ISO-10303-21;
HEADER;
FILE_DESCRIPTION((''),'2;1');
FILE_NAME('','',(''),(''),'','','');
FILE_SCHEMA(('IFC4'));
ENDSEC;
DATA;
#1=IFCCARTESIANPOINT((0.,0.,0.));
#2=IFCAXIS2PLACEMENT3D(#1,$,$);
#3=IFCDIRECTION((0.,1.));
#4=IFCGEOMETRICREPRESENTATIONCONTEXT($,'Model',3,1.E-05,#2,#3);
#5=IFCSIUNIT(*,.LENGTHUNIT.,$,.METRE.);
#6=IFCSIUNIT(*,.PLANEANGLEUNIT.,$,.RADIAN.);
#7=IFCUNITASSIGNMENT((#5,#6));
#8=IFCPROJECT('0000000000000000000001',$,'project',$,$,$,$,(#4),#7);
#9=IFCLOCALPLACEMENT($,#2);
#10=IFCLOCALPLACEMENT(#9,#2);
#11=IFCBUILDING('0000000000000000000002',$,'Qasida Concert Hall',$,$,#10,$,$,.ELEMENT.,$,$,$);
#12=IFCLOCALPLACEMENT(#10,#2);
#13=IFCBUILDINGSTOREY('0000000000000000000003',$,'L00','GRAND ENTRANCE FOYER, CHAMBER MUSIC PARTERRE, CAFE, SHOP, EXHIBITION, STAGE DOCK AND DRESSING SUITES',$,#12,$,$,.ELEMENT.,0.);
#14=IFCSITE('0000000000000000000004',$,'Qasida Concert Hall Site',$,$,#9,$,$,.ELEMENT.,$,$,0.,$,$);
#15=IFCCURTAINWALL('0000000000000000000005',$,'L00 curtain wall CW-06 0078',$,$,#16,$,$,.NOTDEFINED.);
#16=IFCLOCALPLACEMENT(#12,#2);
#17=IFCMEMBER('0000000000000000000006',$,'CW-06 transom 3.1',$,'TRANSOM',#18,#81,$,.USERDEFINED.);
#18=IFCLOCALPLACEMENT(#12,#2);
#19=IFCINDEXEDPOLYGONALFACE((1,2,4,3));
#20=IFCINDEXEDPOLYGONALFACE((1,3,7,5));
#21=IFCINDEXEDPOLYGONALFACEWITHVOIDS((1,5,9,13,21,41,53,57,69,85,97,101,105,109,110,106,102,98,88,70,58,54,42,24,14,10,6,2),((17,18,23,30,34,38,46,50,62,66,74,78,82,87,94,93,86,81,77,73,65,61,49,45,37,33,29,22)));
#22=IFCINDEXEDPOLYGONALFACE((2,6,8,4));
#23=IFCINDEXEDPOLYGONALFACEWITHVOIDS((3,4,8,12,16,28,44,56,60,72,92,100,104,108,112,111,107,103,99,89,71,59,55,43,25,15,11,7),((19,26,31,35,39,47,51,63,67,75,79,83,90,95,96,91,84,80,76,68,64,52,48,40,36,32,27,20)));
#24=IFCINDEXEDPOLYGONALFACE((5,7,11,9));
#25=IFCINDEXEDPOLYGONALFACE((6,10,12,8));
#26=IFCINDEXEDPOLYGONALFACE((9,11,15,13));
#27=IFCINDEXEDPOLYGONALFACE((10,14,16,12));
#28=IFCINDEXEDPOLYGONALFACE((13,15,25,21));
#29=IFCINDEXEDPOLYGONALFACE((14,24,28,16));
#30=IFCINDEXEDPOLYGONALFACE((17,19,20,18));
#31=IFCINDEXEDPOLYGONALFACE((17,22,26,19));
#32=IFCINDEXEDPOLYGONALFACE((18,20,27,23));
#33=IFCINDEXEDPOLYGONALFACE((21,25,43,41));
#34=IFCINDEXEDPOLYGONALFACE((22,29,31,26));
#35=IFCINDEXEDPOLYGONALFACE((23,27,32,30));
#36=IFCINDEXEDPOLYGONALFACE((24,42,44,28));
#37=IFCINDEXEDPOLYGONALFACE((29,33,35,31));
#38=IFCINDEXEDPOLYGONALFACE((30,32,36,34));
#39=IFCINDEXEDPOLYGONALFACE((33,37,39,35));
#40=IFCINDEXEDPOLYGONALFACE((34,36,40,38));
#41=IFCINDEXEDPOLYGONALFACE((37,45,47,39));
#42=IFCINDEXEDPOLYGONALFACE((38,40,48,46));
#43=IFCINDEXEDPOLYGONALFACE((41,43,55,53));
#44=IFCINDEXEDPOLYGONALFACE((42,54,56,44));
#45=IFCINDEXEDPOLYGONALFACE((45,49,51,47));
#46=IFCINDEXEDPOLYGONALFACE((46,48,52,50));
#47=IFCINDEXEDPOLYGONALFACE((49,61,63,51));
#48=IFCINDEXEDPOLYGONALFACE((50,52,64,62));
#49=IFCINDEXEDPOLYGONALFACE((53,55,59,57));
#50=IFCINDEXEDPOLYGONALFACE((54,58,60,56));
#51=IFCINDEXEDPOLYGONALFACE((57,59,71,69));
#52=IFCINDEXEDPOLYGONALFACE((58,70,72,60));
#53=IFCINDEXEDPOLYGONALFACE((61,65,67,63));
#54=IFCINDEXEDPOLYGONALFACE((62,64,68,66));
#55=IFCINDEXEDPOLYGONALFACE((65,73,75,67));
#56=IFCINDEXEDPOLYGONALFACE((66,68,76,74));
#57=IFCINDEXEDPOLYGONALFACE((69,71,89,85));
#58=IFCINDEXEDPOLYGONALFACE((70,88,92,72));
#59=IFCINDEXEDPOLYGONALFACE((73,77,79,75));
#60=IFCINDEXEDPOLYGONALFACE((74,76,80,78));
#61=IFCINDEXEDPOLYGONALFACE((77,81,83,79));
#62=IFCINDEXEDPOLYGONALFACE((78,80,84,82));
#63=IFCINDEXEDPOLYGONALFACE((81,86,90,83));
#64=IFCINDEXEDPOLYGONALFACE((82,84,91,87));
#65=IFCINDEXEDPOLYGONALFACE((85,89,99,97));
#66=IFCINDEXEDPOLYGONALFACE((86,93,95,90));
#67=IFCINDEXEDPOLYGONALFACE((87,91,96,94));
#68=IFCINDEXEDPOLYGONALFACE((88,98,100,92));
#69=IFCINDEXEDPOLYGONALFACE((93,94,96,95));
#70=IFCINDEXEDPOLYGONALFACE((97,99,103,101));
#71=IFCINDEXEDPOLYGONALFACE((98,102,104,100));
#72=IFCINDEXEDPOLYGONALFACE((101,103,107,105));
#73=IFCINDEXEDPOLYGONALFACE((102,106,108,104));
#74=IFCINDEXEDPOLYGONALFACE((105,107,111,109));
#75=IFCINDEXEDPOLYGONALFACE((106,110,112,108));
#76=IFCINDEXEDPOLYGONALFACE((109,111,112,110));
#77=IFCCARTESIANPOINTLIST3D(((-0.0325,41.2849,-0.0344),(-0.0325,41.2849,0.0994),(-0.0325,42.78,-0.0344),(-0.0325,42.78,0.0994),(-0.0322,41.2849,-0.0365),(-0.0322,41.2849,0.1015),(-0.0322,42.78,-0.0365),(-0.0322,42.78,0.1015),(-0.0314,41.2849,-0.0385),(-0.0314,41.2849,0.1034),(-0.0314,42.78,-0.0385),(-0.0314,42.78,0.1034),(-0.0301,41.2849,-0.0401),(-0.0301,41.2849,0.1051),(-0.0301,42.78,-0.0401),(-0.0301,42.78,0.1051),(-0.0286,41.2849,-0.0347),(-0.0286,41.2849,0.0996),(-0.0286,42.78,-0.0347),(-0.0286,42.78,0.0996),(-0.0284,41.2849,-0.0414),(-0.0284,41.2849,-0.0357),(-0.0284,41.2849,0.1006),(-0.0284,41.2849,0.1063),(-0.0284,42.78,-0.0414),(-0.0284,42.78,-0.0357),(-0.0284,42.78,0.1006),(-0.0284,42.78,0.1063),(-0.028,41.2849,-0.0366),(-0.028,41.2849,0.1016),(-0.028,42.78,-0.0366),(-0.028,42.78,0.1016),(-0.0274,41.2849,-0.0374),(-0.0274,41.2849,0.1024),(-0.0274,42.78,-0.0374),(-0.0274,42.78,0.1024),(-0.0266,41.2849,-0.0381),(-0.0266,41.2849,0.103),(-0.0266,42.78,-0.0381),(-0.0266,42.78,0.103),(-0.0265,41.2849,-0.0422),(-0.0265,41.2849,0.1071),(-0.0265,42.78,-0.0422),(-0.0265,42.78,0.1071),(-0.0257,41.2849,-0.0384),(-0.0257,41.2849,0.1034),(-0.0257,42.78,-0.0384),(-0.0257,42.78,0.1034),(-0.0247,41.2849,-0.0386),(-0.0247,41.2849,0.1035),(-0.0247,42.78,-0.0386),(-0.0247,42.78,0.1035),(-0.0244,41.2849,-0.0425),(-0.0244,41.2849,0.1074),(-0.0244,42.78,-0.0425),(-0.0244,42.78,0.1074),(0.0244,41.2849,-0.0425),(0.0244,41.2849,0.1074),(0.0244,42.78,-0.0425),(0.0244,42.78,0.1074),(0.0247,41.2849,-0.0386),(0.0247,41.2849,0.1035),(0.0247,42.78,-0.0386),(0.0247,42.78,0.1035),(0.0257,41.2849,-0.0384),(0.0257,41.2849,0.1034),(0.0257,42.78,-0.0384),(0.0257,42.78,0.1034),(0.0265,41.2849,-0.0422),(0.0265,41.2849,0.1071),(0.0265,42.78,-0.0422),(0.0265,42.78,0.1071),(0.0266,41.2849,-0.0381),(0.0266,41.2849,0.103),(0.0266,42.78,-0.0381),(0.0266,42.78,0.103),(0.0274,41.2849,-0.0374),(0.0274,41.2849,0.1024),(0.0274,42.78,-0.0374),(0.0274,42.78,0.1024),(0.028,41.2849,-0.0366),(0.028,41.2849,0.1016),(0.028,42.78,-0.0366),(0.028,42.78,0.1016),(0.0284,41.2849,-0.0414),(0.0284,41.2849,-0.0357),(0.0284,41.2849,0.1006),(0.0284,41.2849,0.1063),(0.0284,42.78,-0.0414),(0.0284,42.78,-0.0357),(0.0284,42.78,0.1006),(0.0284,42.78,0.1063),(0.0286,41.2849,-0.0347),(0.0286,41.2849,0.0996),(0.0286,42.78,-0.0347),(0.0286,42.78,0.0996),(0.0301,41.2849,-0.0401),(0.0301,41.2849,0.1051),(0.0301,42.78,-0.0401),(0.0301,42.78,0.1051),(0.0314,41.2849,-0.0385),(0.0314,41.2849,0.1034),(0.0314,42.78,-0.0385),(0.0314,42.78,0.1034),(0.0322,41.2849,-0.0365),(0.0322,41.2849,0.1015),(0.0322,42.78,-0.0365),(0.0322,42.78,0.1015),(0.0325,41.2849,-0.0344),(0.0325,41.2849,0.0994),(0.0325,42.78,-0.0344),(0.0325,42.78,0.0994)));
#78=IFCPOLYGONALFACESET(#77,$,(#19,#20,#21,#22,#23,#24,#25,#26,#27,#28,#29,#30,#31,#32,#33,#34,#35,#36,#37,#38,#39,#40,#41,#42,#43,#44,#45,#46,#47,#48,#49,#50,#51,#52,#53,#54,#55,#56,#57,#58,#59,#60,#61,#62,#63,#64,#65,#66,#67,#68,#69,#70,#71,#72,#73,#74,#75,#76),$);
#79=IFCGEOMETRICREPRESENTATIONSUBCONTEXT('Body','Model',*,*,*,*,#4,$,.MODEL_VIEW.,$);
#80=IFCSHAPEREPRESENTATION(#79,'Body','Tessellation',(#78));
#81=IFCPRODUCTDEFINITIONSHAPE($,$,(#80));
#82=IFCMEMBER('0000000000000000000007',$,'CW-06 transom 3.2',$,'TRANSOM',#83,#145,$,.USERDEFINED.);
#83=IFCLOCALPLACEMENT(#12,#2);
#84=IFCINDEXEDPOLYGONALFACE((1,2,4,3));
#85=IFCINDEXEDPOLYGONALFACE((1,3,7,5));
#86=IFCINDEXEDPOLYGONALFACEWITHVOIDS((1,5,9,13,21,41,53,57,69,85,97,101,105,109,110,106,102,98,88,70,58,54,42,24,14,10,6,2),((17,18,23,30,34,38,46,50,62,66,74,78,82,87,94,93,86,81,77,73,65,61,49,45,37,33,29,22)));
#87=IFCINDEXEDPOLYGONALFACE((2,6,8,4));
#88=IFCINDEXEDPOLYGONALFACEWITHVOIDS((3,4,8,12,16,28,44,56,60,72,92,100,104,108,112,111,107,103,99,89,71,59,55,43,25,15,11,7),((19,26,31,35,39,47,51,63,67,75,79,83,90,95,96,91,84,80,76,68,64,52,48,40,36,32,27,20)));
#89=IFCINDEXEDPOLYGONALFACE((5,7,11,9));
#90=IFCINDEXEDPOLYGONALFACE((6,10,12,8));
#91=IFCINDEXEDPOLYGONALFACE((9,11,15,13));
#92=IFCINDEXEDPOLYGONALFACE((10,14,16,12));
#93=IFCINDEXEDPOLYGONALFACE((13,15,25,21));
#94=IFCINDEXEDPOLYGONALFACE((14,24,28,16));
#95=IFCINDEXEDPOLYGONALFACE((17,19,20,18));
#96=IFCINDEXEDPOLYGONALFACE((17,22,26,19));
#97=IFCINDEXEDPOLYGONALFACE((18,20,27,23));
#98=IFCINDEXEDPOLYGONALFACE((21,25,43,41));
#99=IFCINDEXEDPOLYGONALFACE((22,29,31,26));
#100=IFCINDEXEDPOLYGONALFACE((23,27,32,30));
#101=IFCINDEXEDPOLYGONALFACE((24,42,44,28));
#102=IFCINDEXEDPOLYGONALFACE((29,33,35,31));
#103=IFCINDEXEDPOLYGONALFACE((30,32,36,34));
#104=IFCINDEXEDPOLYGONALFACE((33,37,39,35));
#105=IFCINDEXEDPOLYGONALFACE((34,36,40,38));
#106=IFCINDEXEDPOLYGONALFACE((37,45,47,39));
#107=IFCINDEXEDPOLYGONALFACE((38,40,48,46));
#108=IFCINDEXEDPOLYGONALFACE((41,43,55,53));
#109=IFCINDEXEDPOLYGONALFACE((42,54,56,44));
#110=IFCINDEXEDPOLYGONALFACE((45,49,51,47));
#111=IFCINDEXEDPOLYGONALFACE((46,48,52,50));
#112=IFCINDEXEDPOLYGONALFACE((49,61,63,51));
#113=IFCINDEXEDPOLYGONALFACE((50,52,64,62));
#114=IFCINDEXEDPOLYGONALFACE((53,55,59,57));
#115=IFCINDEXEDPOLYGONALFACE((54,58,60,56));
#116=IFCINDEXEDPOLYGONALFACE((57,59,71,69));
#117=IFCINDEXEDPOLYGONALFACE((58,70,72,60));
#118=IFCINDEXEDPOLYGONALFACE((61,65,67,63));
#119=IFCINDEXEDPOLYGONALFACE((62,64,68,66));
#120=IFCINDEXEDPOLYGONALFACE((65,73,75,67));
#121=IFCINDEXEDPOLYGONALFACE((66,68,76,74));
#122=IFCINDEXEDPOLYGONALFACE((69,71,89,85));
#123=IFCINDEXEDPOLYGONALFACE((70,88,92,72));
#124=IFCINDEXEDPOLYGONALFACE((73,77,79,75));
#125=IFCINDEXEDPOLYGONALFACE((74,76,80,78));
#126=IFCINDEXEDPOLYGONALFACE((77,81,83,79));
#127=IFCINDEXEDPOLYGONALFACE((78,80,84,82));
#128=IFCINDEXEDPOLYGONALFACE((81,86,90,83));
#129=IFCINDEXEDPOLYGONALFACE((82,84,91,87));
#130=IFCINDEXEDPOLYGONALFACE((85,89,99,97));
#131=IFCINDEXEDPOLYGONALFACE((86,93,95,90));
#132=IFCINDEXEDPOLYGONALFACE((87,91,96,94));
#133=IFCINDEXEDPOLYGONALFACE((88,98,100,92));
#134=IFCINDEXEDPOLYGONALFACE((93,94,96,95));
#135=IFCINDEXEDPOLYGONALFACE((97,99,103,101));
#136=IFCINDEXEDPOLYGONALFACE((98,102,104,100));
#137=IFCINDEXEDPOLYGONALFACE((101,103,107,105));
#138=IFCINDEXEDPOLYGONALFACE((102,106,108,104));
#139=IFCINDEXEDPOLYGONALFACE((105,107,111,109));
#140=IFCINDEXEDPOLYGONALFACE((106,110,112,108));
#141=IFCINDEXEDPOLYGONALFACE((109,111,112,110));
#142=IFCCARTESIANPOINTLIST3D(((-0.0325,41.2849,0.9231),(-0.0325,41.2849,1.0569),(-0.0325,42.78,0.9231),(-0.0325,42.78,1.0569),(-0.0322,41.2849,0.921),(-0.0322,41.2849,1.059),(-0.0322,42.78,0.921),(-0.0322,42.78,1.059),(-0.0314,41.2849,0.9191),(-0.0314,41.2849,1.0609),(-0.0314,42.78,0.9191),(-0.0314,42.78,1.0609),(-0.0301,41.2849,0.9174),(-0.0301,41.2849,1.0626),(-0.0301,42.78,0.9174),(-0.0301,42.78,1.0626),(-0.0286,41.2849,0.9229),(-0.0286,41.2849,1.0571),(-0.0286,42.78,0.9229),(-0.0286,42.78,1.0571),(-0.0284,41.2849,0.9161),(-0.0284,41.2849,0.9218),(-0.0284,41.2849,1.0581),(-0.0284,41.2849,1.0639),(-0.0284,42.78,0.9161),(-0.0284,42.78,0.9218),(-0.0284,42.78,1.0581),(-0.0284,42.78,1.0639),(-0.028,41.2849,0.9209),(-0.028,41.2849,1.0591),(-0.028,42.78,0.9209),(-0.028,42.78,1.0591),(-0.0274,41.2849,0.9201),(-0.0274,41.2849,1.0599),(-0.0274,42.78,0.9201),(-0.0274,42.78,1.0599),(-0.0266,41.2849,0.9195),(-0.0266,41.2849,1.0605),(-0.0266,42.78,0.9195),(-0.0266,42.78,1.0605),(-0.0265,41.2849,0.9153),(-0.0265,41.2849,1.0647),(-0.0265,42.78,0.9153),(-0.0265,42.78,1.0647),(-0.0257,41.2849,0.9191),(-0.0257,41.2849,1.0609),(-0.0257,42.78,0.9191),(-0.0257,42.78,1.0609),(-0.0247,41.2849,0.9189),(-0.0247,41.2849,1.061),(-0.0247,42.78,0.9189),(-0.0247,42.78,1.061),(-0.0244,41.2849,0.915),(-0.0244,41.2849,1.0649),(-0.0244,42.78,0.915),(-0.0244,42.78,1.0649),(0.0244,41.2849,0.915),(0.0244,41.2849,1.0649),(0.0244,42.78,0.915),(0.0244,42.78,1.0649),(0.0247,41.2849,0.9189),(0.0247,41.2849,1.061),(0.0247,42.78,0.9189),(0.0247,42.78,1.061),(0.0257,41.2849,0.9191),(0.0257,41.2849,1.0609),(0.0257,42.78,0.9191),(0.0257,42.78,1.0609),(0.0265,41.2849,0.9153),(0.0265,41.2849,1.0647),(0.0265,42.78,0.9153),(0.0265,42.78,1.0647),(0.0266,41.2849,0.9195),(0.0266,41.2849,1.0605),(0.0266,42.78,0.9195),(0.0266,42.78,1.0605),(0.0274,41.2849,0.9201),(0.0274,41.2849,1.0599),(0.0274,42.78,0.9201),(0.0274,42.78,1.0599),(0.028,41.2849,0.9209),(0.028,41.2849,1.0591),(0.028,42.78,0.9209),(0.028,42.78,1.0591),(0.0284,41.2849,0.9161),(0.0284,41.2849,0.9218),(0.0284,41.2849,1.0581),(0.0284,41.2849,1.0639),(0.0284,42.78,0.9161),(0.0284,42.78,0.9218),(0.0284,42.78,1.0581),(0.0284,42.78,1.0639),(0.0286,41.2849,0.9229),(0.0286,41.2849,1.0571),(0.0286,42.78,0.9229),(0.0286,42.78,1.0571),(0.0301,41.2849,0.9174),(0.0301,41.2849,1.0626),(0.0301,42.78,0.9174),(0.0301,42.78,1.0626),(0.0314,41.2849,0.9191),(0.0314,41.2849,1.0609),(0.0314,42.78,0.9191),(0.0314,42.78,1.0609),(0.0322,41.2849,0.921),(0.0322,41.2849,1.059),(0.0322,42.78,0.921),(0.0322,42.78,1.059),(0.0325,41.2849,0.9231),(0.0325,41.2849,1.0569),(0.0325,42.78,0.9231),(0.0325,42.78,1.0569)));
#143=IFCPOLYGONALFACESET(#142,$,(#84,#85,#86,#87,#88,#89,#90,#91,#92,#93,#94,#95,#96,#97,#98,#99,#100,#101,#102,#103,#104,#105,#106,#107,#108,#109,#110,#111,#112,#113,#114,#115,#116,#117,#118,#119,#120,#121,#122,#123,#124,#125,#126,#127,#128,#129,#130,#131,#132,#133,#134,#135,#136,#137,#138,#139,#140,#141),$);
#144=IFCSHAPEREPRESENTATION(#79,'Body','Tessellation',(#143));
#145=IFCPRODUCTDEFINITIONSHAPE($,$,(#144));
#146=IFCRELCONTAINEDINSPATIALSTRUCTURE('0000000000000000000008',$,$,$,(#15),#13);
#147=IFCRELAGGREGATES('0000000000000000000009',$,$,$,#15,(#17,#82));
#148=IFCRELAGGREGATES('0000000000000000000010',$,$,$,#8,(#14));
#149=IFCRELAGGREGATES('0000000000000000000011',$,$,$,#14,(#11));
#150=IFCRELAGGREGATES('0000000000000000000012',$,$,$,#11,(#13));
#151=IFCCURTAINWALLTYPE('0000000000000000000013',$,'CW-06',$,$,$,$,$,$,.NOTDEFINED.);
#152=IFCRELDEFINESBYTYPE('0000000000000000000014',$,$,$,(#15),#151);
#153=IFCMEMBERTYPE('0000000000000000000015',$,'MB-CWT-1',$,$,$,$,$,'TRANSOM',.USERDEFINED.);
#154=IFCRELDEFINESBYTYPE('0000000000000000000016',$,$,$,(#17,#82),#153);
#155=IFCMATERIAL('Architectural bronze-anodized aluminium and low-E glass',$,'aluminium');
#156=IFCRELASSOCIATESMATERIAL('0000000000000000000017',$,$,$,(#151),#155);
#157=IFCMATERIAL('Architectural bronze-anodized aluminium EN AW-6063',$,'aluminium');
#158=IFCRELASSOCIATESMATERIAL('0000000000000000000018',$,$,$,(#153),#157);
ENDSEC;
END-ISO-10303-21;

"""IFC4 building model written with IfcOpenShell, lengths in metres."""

from ifc_helpers import new_model, si_unit, direction, frame, origin, origin_2d, place, context, subcontext, project, spatial, hollow_rectangle, extrude, material, material_profile, profile_set, type_object, element, aggregate, save


model = new_model("IFC4")

# Units and contexts
model_context = context("Model", 3, precision=1e-05, world=origin(), true_north=direction((0.0, 1.0)))
body_context = subcontext(model_context, "Body", "Model", "MODEL_VIEW")
ifc_project = project(units=[si_unit("LENGTHUNIT", "METRE"), si_unit("PLANEANGLEUNIT", "RADIAN")], contexts=[model_context])

# Site, building, storey
site_placement = place(None, origin())
site = spatial("IfcSite", under=ifc_project, at=site_placement, Name="Qasida Concert Hall Site", CompositionType="ELEMENT", RefElevation=0.0)
building_placement = place(site_placement, origin())
building = spatial("IfcBuilding", under=site, at=building_placement, Name="Qasida Concert Hall", CompositionType="ELEMENT")
storey_placement = place(building_placement, origin())
storey = spatial("IfcBuildingStorey", under=building, at=storey_placement, Name="L00", Description="GRAND ENTRANCE FOYER, CHAMBER MUSIC PARTERRE, CAFE, SHOP, EXHIBITION, STAGE DOCK AND DRESSING SUITES", CompositionType="ELEMENT", Elevation=0.0)

# Curtain wall, members
ifc_material_1 = material(Name="Architectural bronze-anodized aluminium and low-E glass", Category="aluminium")
curtain_wall_type = type_object("IfcCurtainWallType", Name="CW-06", PredefinedType="NOTDEFINED", material=ifc_material_1)
curtain_wall_placement = place(storey_placement, origin())
curtain_wall = element("IfcCurtainWall", 1, at=curtain_wall_placement, inside=storey, type_object=curtain_wall_type, Name="L00 curtain wall CW-06 0078", PredefinedType="NOTDEFINED")
ifc_material_2 = material(Name="Architectural bronze-anodized aluminium EN AW-6063", Category="aluminium")
ifc_material_profile_1 = material_profile(ifc_material_2, hollow_rectangle(XDim=0.0649, YDim=0.1499, WallThickness=0.0039, InnerFilletRadius=0.0039, OuterFilletRadius=0.0081, at=origin_2d()), Name="CWT 150x65x4")
ifc_profile_set_1 = profile_set([ifc_material_profile_1], Name="Architectural bronze-anodized aluminium EN AW-6063")
member_type_1 = type_object("IfcMemberType", Name="MB-CWT-1", ElementType="TRANSOM", PredefinedType="USERDEFINED", material=ifc_profile_set_1)
member_1_placement = place(storey_placement, frame((0.0, 41.2849, 0.0325), z_axis=(0.0, 1.0, 0.0), x_axis=(-1.0, 0.0, 0.0)))
member_1 = element("IfcMember", 2, at=member_1_placement, type_object=member_type_1, Name="CW-06 transom 3.1", ObjectType="TRANSOM", PredefinedType="USERDEFINED", context=body_context, shape_type="SweptSolid", body=[
    extrude(hollow_rectangle(XDim=0.0649, YDim=0.1499, WallThickness=0.0039, InnerFilletRadius=0.0039, OuterFilletRadius=0.0081, at=origin_2d()), origin(), (0.0, 0.0, 1.0), 1.4951),
])
member_2_placement = place(storey_placement, frame((0.0, 41.2849, 0.99), z_axis=(0.0, 1.0, 0.0), x_axis=(-1.0, 0.0, 0.0)))
member_2 = element("IfcMember", 3, at=member_2_placement, type_object=member_type_1, Name="CW-06 transom 3.2", ObjectType="TRANSOM", PredefinedType="USERDEFINED", context=body_context, shape_type="SweptSolid", body=[
    extrude(hollow_rectangle(XDim=0.0649, YDim=0.1499, WallThickness=0.0039, InnerFilletRadius=0.0039, OuterFilletRadius=0.0081, at=origin_2d()), origin(), (0.0, 0.0, 1.0), 1.4951),
])
aggregate(curtain_wall, [member_1, member_2])

save(model, "model.ifc")
